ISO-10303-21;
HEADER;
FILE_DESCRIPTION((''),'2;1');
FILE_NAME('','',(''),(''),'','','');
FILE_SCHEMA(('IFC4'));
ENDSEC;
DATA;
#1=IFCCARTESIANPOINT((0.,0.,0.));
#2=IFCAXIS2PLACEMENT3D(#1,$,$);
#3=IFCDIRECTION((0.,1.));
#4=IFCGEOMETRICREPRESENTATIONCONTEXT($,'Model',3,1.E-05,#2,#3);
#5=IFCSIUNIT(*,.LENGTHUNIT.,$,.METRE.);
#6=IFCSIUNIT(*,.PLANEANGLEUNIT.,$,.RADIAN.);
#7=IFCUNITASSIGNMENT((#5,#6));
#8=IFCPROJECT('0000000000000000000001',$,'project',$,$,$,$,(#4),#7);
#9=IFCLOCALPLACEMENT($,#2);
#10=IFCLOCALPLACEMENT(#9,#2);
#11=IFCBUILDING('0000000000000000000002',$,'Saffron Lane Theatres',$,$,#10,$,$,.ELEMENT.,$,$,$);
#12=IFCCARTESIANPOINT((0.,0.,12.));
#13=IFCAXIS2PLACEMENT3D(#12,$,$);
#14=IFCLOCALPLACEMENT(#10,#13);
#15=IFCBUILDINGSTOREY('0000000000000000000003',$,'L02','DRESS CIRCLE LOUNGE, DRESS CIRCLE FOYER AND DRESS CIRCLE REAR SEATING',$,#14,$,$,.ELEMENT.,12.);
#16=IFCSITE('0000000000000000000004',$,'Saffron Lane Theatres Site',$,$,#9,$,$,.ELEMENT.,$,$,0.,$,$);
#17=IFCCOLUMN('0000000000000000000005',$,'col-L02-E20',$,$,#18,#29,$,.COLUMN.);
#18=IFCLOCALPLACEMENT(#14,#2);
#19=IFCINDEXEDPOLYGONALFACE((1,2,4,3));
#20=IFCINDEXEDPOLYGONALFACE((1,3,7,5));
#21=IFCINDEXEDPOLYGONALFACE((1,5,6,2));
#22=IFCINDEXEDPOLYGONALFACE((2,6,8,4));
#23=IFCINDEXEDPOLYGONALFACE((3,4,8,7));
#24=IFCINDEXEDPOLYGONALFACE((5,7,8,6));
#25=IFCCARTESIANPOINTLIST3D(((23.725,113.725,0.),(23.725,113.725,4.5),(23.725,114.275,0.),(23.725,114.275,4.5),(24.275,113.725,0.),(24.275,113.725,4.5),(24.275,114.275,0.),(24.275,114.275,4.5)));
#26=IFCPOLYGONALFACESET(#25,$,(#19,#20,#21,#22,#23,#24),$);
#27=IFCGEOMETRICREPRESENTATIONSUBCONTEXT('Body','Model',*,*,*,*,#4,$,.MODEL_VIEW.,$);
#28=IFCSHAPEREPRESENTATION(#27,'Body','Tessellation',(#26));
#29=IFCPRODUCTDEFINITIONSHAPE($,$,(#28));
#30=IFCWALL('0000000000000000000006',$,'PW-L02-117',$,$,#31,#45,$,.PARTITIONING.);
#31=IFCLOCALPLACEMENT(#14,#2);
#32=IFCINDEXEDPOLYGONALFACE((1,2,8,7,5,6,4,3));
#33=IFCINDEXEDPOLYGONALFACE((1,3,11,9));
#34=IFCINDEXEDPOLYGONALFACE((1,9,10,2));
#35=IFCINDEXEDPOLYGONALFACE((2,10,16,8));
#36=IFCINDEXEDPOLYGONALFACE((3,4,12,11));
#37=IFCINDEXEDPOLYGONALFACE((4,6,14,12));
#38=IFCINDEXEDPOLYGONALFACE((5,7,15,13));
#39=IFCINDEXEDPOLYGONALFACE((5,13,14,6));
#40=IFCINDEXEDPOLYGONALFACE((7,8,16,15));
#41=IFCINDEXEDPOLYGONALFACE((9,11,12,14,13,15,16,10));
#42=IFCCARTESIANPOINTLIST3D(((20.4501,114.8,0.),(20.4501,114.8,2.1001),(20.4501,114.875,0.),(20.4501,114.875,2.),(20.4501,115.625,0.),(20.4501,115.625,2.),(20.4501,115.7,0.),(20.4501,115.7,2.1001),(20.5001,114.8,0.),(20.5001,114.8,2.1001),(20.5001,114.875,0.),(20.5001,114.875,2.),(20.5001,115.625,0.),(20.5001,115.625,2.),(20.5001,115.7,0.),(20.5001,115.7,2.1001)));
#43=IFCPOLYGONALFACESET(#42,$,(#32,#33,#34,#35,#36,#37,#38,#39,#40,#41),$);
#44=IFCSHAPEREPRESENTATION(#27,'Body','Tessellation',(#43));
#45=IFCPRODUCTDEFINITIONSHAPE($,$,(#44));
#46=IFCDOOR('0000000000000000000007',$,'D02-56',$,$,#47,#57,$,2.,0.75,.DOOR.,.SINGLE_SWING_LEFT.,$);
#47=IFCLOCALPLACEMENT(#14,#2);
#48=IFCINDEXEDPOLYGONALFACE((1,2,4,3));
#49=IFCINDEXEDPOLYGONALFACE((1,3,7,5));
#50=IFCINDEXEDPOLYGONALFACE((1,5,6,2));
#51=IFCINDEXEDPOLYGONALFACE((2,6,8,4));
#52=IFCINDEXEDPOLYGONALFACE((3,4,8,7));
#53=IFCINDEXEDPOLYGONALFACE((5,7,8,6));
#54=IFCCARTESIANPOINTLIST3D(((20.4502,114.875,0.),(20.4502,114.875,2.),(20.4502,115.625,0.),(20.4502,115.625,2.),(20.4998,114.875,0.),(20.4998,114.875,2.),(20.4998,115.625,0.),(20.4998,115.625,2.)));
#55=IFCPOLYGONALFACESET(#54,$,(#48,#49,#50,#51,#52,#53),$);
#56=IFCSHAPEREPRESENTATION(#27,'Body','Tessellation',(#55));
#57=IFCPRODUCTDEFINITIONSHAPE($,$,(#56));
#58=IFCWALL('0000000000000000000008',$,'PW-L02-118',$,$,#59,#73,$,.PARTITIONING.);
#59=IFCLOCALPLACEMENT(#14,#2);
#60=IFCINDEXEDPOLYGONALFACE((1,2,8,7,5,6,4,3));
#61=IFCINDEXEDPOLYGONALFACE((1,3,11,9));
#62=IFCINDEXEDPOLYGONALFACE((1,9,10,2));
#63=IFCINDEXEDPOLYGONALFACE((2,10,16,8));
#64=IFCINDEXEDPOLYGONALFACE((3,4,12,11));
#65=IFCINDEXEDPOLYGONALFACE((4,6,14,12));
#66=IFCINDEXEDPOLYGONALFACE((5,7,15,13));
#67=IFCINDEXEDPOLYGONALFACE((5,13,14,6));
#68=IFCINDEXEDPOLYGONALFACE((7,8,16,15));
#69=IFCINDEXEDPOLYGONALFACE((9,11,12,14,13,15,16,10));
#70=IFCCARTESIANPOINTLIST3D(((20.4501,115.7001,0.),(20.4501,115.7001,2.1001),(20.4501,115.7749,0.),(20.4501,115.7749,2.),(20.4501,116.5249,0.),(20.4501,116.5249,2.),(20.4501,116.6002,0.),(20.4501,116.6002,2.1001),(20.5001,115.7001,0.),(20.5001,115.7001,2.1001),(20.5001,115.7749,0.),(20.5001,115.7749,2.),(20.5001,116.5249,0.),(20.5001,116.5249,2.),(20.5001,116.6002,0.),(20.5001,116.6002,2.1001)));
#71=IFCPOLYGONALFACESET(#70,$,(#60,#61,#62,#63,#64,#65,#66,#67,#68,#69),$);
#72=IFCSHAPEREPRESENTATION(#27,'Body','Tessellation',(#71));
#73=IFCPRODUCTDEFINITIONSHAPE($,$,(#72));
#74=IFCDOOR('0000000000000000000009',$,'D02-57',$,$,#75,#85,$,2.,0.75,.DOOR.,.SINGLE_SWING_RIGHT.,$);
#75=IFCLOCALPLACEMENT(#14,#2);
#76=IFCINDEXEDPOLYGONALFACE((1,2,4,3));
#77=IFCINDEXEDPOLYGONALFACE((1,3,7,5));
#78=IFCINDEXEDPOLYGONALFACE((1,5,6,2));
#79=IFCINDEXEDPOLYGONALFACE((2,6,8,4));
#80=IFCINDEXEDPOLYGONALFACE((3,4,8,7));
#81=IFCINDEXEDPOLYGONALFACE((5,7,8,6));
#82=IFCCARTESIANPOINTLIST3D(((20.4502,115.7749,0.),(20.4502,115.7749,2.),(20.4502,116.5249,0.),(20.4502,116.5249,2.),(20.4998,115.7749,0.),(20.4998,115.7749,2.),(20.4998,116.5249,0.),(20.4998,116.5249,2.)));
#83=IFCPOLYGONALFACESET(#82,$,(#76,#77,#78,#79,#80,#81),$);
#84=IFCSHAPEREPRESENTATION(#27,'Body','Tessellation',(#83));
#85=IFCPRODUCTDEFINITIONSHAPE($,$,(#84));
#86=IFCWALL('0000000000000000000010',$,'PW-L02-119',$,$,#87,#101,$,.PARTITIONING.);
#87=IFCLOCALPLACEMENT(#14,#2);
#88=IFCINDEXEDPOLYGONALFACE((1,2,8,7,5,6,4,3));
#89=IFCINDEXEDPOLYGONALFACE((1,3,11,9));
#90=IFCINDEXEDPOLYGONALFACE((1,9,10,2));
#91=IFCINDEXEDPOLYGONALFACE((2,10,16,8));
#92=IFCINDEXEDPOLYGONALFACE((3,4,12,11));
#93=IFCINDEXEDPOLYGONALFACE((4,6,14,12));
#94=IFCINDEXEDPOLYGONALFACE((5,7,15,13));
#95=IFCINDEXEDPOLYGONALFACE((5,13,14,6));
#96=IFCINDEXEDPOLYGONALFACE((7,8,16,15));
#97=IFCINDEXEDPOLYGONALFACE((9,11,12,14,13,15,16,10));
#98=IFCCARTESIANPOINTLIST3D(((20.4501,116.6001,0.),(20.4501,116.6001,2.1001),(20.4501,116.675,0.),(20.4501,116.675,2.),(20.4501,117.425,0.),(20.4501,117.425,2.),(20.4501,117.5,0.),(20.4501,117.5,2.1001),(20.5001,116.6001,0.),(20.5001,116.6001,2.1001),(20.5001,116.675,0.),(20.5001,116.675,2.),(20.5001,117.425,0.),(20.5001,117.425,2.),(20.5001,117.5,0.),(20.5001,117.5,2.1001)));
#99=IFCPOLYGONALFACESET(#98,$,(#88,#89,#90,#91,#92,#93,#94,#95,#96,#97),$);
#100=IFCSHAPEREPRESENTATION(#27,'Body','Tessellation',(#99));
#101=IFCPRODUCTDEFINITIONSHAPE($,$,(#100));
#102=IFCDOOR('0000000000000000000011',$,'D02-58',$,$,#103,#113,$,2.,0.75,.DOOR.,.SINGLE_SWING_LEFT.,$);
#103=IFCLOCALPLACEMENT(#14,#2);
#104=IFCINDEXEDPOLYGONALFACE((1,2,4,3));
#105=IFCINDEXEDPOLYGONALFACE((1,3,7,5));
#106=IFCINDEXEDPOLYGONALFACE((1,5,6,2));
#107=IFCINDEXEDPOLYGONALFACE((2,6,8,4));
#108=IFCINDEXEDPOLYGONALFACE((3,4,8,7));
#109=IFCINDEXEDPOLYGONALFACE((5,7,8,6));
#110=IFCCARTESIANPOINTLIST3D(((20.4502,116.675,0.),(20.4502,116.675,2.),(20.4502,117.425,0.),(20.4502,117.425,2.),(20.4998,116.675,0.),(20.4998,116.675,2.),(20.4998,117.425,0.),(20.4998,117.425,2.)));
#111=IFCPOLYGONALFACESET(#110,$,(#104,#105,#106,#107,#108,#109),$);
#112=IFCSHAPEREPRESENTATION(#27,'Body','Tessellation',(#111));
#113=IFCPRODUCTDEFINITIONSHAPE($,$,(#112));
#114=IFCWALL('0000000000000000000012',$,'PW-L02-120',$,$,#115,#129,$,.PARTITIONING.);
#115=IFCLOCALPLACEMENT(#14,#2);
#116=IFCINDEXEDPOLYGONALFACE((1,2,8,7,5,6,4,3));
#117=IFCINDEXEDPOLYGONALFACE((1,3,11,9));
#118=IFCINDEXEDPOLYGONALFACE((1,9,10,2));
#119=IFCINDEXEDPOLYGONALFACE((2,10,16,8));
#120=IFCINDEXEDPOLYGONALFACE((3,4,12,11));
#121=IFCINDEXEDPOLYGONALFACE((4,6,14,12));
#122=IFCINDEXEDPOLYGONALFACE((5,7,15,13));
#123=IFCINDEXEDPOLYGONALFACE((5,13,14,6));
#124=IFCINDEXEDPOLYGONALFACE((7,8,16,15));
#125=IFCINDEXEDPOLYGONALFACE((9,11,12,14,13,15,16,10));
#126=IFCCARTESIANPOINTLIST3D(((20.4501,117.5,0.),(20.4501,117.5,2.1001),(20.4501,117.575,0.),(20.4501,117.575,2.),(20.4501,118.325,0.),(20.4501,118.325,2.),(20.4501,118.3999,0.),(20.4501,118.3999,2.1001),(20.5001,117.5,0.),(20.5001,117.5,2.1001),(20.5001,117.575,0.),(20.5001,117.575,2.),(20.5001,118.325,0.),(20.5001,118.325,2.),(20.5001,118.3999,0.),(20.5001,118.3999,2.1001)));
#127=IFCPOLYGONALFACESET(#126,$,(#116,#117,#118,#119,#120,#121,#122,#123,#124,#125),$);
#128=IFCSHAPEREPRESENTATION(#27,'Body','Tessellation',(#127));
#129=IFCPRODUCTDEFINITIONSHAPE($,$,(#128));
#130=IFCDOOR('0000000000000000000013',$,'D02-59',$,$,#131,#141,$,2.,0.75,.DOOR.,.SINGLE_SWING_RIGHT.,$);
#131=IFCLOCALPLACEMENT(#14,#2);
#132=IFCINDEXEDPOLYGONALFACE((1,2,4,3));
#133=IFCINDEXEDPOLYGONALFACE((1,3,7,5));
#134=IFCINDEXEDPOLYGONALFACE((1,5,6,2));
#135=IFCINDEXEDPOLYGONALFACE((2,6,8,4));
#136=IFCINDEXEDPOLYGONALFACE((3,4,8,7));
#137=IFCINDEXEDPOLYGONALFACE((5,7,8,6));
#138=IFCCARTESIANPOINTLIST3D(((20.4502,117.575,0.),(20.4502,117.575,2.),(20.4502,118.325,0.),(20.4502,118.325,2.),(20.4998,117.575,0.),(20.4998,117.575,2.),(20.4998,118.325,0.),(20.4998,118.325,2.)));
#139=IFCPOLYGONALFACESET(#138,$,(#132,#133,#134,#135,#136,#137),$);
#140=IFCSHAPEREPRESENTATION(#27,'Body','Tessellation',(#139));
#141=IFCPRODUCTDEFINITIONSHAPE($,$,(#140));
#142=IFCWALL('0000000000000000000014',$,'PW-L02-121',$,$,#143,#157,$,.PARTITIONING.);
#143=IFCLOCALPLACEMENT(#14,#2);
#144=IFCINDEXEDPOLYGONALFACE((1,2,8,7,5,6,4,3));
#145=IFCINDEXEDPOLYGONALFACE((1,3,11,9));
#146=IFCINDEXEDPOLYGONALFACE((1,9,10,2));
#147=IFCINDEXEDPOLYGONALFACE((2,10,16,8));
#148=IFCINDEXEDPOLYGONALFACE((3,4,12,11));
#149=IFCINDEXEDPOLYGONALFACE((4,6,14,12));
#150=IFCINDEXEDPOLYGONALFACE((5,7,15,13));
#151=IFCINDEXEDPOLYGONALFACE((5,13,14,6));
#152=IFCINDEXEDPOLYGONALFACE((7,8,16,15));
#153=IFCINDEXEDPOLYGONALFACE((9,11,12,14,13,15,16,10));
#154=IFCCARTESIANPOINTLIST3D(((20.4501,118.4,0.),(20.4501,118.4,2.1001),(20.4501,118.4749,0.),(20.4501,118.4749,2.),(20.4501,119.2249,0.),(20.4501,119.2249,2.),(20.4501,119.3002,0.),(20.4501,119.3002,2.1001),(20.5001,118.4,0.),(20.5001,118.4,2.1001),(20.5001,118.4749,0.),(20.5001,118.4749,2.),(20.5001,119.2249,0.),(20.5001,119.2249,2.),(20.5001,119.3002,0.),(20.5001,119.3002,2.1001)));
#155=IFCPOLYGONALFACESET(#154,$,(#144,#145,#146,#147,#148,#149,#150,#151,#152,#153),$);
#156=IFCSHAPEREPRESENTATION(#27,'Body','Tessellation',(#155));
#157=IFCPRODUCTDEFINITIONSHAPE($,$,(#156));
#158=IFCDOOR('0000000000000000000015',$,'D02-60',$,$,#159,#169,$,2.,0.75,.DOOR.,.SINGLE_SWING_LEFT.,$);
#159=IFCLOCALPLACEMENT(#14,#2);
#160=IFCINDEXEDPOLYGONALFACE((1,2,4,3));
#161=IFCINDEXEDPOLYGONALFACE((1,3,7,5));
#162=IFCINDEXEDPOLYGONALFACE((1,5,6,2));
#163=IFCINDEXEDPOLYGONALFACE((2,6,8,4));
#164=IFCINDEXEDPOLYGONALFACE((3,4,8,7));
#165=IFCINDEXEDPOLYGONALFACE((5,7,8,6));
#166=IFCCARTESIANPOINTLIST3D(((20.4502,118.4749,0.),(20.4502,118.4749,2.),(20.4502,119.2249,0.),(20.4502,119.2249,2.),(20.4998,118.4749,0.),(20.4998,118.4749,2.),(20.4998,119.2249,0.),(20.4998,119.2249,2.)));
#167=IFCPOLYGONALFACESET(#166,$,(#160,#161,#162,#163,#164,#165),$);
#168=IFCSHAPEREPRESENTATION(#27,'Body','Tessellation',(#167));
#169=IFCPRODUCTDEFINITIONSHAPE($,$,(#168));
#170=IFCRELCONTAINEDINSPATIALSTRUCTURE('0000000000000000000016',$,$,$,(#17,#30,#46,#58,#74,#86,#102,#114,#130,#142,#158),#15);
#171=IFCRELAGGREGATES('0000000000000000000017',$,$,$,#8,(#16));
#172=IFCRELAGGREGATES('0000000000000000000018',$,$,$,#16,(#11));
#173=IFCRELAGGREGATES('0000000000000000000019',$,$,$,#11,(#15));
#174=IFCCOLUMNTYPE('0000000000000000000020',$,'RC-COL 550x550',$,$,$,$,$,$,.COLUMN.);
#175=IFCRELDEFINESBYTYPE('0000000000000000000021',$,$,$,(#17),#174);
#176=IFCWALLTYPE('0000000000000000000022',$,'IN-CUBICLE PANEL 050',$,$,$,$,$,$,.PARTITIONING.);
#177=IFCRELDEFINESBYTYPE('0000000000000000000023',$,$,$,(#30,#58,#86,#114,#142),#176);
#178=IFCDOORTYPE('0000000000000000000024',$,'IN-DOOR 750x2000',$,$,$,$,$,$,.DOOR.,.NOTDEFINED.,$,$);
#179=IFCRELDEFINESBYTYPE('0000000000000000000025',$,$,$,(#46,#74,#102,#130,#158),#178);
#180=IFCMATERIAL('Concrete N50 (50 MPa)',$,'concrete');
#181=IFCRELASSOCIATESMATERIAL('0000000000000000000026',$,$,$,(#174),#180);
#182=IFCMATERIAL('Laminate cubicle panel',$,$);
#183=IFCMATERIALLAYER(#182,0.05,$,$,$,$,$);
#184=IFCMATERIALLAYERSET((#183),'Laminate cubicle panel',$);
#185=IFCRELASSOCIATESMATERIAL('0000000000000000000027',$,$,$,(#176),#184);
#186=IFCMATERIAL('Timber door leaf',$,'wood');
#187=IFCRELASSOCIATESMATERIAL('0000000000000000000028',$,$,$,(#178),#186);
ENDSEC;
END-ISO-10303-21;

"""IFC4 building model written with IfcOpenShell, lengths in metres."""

from ifc_helpers import new_model, si_unit, direction, frame, frame_2d, origin, origin_2d, place, context, subcontext, project, spatial, rectangle, extrude, material, layer, layer_set, material_profile, profile_set, type_object, element, fill, save


model = new_model("IFC4")

# Units and contexts
model_context = context("Model", 3, precision=1e-05, world=origin(), true_north=direction((0.0, 1.0)))
body_context = subcontext(model_context, "Body", "Model", "MODEL_VIEW")
ifc_project = project(units=[si_unit("LENGTHUNIT", "METRE"), si_unit("PLANEANGLEUNIT", "RADIAN")], contexts=[model_context])

# Site, building, storey
site_placement = place(None, origin())
site = spatial("IfcSite", under=ifc_project, at=site_placement, Name="Saffron Lane Theatres Site", CompositionType="ELEMENT", RefElevation=0.0)
building_placement = place(site_placement, origin())
building = spatial("IfcBuilding", under=site, at=building_placement, Name="Saffron Lane Theatres", CompositionType="ELEMENT")
storey_placement = place(building_placement, frame((0.0, 0.0, 12.0)))
storey = spatial("IfcBuildingStorey", under=building, at=storey_placement, Name="L02", Description="DRESS CIRCLE LOUNGE, DRESS CIRCLE FOYER AND DRESS CIRCLE REAR SEATING", CompositionType="ELEMENT", Elevation=12.0)

# Column
ifc_material_1 = material(Name="Concrete N50 (50 MPa)", Category="concrete")
ifc_material_profile = material_profile(ifc_material_1, rectangle(XDim=0.55, YDim=0.55, at=origin_2d()))
ifc_profile_set = profile_set([ifc_material_profile], Name="Concrete N50 (50 MPa)")
column_type = type_object("IfcColumnType", Name="RC-COL 550x550", PredefinedType="COLUMN", material=ifc_profile_set)
column_placement = place(storey_placement, frame((24.0, 114.0, 0.0), z_axis=(0.0, 0.0, 1.0), x_axis=(1.0, 0.0, 0.0)))
element("IfcColumn", 1, at=column_placement, inside=storey, type_object=column_type, Name="col-L02-E20", PredefinedType="COLUMN", context=body_context, shape_type="SweptSolid", body=[
    extrude(rectangle(XDim=0.55, YDim=0.55, at=origin_2d()), origin(), (0.0, 0.0, 1.0), 4.5),
])

# Walls, openings, doors
ifc_material_2 = material(Name="Laminate cubicle panel")
ifc_layer_1 = layer(ifc_material_2, 0.05)
ifc_layer_set_1 = layer_set([ifc_layer_1], Name="Laminate cubicle panel")
wall_type_1 = type_object("IfcWallType", Name="IN-CUBICLE PANEL 050", PredefinedType="PARTITIONING", material=ifc_layer_set_1)
wall_1_placement = place(storey_placement, frame((20.4751, 114.8, 0.0), z_axis=(0.0, 0.0, 1.0), x_axis=(0.0, 1.0, 0.0)))
wall_1 = element("IfcWall", 2, at=wall_1_placement, inside=storey, type_object=wall_type_1, Name="PW-L02-117", PredefinedType="PARTITIONING", context=body_context, shape_type="SweptSolid", body=[
    extrude(rectangle(XDim=0.8999, YDim=0.05, at=frame_2d((0.45, 0.0))), origin(), (0.0, 0.0, 1.0), 2.1001),
])
opening_1_placement = place(wall_1_placement, frame((0.075, 0.0, 0.0)))
opening_1 = element("IfcOpeningElement", 3, at=opening_1_placement, cuts=wall_1, PredefinedType="OPENING", context=body_context, shape_type="SweptSolid", body=[
    extrude(rectangle(XDim=0.75, YDim=2.0, at=frame_2d((0.375, 1.0))), frame((0.0, 0.0352, 0.0), z_axis=(0.0, -1.0, 0.0), x_axis=(1.0, 0.0, 0.0)), (0.0, 0.0, 1.0), 0.0701),
])
ifc_material_3 = material(Name="Timber door leaf", Category="wood")
door_type_1 = type_object("IfcDoorType", Name="IN-DOOR 750x2000", OperationType="NOTDEFINED", PredefinedType="DOOR", material=ifc_material_3)
door_1_placement = place(opening_1_placement, origin())
door_1 = element("IfcDoor", 4, at=door_1_placement, inside=storey, type_object=door_type_1, Name="D02-56", OperationType="SINGLE_SWING_LEFT", OverallHeight=2.0, OverallWidth=0.75, PredefinedType="DOOR", context=body_context, shape_type="SweptSolid", body=[
    extrude(rectangle(XDim=0.75, YDim=2.0, at=frame_2d((0.375, 1.0))), frame((0.0, 0.0249, 0.0), z_axis=(0.0, -1.0, 0.0), x_axis=(1.0, 0.0, 0.0)), (0.0, 0.0, 1.0), 0.0496),
])
fill(opening_1, door_1)
wall_2_placement = place(storey_placement, frame((20.4751, 115.7, 0.0), z_axis=(0.0, 0.0, 1.0), x_axis=(0.0, 1.0, 0.0)))
wall_2 = element("IfcWall", 5, at=wall_2_placement, inside=storey, type_object=wall_type_1, Name="PW-L02-118", PredefinedType="PARTITIONING", context=body_context, shape_type="SweptSolid", body=[
    extrude(rectangle(XDim=0.9001, YDim=0.05, at=frame_2d((0.4502, 0.0))), origin(), (0.0, 0.0, 1.0), 2.1001),
])
opening_2_placement = place(wall_2_placement, frame((0.075, 0.0, 0.0)))
opening_2 = element("IfcOpeningElement", 6, at=opening_2_placement, cuts=wall_2, PredefinedType="OPENING", context=body_context, shape_type="SweptSolid", body=[
    extrude(rectangle(XDim=0.75, YDim=2.0, at=frame_2d((0.375, 1.0))), frame((0.0, 0.0352, 0.0), z_axis=(0.0, -1.0, 0.0), x_axis=(1.0, 0.0, 0.0)), (0.0, 0.0, 1.0), 0.0701),
])
door_2_placement = place(opening_2_placement, origin())
door_2 = element("IfcDoor", 7, at=door_2_placement, inside=storey, type_object=door_type_1, Name="D02-57", OperationType="SINGLE_SWING_RIGHT", OverallHeight=2.0, OverallWidth=0.75, PredefinedType="DOOR", context=body_context, shape_type="SweptSolid", body=[
    extrude(rectangle(XDim=0.75, YDim=2.0, at=frame_2d((0.375, 1.0))), frame((0.0, 0.0249, 0.0), z_axis=(0.0, -1.0, 0.0), x_axis=(1.0, 0.0, 0.0)), (0.0, 0.0, 1.0), 0.0496),
])
fill(opening_2, door_2)
wall_3_placement = place(storey_placement, frame((20.4751, 116.6001, 0.0), z_axis=(0.0, 0.0, 1.0), x_axis=(0.0, 1.0, 0.0)))
wall_3 = element("IfcWall", 8, at=wall_3_placement, inside=storey, type_object=wall_type_1, Name="PW-L02-119", PredefinedType="PARTITIONING", context=body_context, shape_type="SweptSolid", body=[
    extrude(rectangle(XDim=0.8999, YDim=0.05, at=frame_2d((0.45, 0.0))), origin(), (0.0, 0.0, 1.0), 2.1001),
])
opening_3_placement = place(wall_3_placement, frame((0.075, 0.0, 0.0)))
opening_3 = element("IfcOpeningElement", 9, at=opening_3_placement, cuts=wall_3, PredefinedType="OPENING", context=body_context, shape_type="SweptSolid", body=[
    extrude(rectangle(XDim=0.75, YDim=2.0, at=frame_2d((0.375, 1.0))), frame((0.0, 0.0352, 0.0), z_axis=(0.0, -1.0, 0.0), x_axis=(1.0, 0.0, 0.0)), (0.0, 0.0, 1.0), 0.0701),
])
door_3_placement = place(opening_3_placement, origin())
door_3 = element("IfcDoor", 10, at=door_3_placement, inside=storey, type_object=door_type_1, Name="D02-58", OperationType="SINGLE_SWING_LEFT", OverallHeight=2.0, OverallWidth=0.75, PredefinedType="DOOR", context=body_context, shape_type="SweptSolid", body=[
    extrude(rectangle(XDim=0.75, YDim=2.0, at=frame_2d((0.375, 1.0))), frame((0.0, 0.0249, 0.0), z_axis=(0.0, -1.0, 0.0), x_axis=(1.0, 0.0, 0.0)), (0.0, 0.0, 1.0), 0.0496),
])
fill(opening_3, door_3)
wall_4_placement = place(storey_placement, frame((20.4751, 117.5, 0.0), z_axis=(0.0, 0.0, 1.0), x_axis=(0.0, 1.0, 0.0)))
wall_4 = element("IfcWall", 11, at=wall_4_placement, inside=storey, type_object=wall_type_1, Name="PW-L02-120", PredefinedType="PARTITIONING", context=body_context, shape_type="SweptSolid", body=[
    extrude(rectangle(XDim=0.8999, YDim=0.05, at=frame_2d((0.45, 0.0))), origin(), (0.0, 0.0, 1.0), 2.1001),
])
opening_4_placement = place(wall_4_placement, frame((0.075, 0.0, 0.0)))
opening_4 = element("IfcOpeningElement", 12, at=opening_4_placement, cuts=wall_4, PredefinedType="OPENING", context=body_context, shape_type="SweptSolid", body=[
    extrude(rectangle(XDim=0.75, YDim=2.0, at=frame_2d((0.375, 1.0))), frame((0.0, 0.0352, 0.0), z_axis=(0.0, -1.0, 0.0), x_axis=(1.0, 0.0, 0.0)), (0.0, 0.0, 1.0), 0.0701),
])
door_4_placement = place(opening_4_placement, origin())
door_4 = element("IfcDoor", 13, at=door_4_placement, inside=storey, type_object=door_type_1, Name="D02-59", OperationType="SINGLE_SWING_RIGHT", OverallHeight=2.0, OverallWidth=0.75, PredefinedType="DOOR", context=body_context, shape_type="SweptSolid", body=[
    extrude(rectangle(XDim=0.75, YDim=2.0, at=frame_2d((0.375, 1.0))), frame((0.0, 0.0249, 0.0), z_axis=(0.0, -1.0, 0.0), x_axis=(1.0, 0.0, 0.0)), (0.0, 0.0, 1.0), 0.0496),
])
fill(opening_4, door_4)
wall_5_placement = place(storey_placement, frame((20.4751, 118.3999, 0.0), z_axis=(0.0, 0.0, 1.0), x_axis=(0.0, 1.0, 0.0)))
wall_5 = element("IfcWall", 14, at=wall_5_placement, inside=storey, type_object=wall_type_1, Name="PW-L02-121", PredefinedType="PARTITIONING", context=body_context, shape_type="SweptSolid", body=[
    extrude(rectangle(XDim=0.9001, YDim=0.05, at=frame_2d((0.4502, 0.0))), origin(), (0.0, 0.0, 1.0), 2.1001),
])
opening_5_placement = place(wall_5_placement, frame((0.075, 0.0, 0.0)))
opening_5 = element("IfcOpeningElement", 15, at=opening_5_placement, cuts=wall_5, PredefinedType="OPENING", context=body_context, shape_type="SweptSolid", body=[
    extrude(rectangle(XDim=0.75, YDim=2.0, at=frame_2d((0.375, 1.0))), frame((0.0, 0.0352, 0.0), z_axis=(0.0, -1.0, 0.0), x_axis=(1.0, 0.0, 0.0)), (0.0, 0.0, 1.0), 0.0701),
])
door_5_placement = place(opening_5_placement, origin())
door_5 = element("IfcDoor", 16, at=door_5_placement, inside=storey, type_object=door_type_1, Name="D02-60", OperationType="SINGLE_SWING_LEFT", OverallHeight=2.0, OverallWidth=0.75, PredefinedType="DOOR", context=body_context, shape_type="SweptSolid", body=[
    extrude(rectangle(XDim=0.75, YDim=2.0, at=frame_2d((0.375, 1.0))), frame((0.0, 0.0249, 0.0), z_axis=(0.0, -1.0, 0.0), x_axis=(1.0, 0.0, 0.0)), (0.0, 0.0, 1.0), 0.0496),
])
fill(opening_5, door_5)

save(model, "model.ifc")
